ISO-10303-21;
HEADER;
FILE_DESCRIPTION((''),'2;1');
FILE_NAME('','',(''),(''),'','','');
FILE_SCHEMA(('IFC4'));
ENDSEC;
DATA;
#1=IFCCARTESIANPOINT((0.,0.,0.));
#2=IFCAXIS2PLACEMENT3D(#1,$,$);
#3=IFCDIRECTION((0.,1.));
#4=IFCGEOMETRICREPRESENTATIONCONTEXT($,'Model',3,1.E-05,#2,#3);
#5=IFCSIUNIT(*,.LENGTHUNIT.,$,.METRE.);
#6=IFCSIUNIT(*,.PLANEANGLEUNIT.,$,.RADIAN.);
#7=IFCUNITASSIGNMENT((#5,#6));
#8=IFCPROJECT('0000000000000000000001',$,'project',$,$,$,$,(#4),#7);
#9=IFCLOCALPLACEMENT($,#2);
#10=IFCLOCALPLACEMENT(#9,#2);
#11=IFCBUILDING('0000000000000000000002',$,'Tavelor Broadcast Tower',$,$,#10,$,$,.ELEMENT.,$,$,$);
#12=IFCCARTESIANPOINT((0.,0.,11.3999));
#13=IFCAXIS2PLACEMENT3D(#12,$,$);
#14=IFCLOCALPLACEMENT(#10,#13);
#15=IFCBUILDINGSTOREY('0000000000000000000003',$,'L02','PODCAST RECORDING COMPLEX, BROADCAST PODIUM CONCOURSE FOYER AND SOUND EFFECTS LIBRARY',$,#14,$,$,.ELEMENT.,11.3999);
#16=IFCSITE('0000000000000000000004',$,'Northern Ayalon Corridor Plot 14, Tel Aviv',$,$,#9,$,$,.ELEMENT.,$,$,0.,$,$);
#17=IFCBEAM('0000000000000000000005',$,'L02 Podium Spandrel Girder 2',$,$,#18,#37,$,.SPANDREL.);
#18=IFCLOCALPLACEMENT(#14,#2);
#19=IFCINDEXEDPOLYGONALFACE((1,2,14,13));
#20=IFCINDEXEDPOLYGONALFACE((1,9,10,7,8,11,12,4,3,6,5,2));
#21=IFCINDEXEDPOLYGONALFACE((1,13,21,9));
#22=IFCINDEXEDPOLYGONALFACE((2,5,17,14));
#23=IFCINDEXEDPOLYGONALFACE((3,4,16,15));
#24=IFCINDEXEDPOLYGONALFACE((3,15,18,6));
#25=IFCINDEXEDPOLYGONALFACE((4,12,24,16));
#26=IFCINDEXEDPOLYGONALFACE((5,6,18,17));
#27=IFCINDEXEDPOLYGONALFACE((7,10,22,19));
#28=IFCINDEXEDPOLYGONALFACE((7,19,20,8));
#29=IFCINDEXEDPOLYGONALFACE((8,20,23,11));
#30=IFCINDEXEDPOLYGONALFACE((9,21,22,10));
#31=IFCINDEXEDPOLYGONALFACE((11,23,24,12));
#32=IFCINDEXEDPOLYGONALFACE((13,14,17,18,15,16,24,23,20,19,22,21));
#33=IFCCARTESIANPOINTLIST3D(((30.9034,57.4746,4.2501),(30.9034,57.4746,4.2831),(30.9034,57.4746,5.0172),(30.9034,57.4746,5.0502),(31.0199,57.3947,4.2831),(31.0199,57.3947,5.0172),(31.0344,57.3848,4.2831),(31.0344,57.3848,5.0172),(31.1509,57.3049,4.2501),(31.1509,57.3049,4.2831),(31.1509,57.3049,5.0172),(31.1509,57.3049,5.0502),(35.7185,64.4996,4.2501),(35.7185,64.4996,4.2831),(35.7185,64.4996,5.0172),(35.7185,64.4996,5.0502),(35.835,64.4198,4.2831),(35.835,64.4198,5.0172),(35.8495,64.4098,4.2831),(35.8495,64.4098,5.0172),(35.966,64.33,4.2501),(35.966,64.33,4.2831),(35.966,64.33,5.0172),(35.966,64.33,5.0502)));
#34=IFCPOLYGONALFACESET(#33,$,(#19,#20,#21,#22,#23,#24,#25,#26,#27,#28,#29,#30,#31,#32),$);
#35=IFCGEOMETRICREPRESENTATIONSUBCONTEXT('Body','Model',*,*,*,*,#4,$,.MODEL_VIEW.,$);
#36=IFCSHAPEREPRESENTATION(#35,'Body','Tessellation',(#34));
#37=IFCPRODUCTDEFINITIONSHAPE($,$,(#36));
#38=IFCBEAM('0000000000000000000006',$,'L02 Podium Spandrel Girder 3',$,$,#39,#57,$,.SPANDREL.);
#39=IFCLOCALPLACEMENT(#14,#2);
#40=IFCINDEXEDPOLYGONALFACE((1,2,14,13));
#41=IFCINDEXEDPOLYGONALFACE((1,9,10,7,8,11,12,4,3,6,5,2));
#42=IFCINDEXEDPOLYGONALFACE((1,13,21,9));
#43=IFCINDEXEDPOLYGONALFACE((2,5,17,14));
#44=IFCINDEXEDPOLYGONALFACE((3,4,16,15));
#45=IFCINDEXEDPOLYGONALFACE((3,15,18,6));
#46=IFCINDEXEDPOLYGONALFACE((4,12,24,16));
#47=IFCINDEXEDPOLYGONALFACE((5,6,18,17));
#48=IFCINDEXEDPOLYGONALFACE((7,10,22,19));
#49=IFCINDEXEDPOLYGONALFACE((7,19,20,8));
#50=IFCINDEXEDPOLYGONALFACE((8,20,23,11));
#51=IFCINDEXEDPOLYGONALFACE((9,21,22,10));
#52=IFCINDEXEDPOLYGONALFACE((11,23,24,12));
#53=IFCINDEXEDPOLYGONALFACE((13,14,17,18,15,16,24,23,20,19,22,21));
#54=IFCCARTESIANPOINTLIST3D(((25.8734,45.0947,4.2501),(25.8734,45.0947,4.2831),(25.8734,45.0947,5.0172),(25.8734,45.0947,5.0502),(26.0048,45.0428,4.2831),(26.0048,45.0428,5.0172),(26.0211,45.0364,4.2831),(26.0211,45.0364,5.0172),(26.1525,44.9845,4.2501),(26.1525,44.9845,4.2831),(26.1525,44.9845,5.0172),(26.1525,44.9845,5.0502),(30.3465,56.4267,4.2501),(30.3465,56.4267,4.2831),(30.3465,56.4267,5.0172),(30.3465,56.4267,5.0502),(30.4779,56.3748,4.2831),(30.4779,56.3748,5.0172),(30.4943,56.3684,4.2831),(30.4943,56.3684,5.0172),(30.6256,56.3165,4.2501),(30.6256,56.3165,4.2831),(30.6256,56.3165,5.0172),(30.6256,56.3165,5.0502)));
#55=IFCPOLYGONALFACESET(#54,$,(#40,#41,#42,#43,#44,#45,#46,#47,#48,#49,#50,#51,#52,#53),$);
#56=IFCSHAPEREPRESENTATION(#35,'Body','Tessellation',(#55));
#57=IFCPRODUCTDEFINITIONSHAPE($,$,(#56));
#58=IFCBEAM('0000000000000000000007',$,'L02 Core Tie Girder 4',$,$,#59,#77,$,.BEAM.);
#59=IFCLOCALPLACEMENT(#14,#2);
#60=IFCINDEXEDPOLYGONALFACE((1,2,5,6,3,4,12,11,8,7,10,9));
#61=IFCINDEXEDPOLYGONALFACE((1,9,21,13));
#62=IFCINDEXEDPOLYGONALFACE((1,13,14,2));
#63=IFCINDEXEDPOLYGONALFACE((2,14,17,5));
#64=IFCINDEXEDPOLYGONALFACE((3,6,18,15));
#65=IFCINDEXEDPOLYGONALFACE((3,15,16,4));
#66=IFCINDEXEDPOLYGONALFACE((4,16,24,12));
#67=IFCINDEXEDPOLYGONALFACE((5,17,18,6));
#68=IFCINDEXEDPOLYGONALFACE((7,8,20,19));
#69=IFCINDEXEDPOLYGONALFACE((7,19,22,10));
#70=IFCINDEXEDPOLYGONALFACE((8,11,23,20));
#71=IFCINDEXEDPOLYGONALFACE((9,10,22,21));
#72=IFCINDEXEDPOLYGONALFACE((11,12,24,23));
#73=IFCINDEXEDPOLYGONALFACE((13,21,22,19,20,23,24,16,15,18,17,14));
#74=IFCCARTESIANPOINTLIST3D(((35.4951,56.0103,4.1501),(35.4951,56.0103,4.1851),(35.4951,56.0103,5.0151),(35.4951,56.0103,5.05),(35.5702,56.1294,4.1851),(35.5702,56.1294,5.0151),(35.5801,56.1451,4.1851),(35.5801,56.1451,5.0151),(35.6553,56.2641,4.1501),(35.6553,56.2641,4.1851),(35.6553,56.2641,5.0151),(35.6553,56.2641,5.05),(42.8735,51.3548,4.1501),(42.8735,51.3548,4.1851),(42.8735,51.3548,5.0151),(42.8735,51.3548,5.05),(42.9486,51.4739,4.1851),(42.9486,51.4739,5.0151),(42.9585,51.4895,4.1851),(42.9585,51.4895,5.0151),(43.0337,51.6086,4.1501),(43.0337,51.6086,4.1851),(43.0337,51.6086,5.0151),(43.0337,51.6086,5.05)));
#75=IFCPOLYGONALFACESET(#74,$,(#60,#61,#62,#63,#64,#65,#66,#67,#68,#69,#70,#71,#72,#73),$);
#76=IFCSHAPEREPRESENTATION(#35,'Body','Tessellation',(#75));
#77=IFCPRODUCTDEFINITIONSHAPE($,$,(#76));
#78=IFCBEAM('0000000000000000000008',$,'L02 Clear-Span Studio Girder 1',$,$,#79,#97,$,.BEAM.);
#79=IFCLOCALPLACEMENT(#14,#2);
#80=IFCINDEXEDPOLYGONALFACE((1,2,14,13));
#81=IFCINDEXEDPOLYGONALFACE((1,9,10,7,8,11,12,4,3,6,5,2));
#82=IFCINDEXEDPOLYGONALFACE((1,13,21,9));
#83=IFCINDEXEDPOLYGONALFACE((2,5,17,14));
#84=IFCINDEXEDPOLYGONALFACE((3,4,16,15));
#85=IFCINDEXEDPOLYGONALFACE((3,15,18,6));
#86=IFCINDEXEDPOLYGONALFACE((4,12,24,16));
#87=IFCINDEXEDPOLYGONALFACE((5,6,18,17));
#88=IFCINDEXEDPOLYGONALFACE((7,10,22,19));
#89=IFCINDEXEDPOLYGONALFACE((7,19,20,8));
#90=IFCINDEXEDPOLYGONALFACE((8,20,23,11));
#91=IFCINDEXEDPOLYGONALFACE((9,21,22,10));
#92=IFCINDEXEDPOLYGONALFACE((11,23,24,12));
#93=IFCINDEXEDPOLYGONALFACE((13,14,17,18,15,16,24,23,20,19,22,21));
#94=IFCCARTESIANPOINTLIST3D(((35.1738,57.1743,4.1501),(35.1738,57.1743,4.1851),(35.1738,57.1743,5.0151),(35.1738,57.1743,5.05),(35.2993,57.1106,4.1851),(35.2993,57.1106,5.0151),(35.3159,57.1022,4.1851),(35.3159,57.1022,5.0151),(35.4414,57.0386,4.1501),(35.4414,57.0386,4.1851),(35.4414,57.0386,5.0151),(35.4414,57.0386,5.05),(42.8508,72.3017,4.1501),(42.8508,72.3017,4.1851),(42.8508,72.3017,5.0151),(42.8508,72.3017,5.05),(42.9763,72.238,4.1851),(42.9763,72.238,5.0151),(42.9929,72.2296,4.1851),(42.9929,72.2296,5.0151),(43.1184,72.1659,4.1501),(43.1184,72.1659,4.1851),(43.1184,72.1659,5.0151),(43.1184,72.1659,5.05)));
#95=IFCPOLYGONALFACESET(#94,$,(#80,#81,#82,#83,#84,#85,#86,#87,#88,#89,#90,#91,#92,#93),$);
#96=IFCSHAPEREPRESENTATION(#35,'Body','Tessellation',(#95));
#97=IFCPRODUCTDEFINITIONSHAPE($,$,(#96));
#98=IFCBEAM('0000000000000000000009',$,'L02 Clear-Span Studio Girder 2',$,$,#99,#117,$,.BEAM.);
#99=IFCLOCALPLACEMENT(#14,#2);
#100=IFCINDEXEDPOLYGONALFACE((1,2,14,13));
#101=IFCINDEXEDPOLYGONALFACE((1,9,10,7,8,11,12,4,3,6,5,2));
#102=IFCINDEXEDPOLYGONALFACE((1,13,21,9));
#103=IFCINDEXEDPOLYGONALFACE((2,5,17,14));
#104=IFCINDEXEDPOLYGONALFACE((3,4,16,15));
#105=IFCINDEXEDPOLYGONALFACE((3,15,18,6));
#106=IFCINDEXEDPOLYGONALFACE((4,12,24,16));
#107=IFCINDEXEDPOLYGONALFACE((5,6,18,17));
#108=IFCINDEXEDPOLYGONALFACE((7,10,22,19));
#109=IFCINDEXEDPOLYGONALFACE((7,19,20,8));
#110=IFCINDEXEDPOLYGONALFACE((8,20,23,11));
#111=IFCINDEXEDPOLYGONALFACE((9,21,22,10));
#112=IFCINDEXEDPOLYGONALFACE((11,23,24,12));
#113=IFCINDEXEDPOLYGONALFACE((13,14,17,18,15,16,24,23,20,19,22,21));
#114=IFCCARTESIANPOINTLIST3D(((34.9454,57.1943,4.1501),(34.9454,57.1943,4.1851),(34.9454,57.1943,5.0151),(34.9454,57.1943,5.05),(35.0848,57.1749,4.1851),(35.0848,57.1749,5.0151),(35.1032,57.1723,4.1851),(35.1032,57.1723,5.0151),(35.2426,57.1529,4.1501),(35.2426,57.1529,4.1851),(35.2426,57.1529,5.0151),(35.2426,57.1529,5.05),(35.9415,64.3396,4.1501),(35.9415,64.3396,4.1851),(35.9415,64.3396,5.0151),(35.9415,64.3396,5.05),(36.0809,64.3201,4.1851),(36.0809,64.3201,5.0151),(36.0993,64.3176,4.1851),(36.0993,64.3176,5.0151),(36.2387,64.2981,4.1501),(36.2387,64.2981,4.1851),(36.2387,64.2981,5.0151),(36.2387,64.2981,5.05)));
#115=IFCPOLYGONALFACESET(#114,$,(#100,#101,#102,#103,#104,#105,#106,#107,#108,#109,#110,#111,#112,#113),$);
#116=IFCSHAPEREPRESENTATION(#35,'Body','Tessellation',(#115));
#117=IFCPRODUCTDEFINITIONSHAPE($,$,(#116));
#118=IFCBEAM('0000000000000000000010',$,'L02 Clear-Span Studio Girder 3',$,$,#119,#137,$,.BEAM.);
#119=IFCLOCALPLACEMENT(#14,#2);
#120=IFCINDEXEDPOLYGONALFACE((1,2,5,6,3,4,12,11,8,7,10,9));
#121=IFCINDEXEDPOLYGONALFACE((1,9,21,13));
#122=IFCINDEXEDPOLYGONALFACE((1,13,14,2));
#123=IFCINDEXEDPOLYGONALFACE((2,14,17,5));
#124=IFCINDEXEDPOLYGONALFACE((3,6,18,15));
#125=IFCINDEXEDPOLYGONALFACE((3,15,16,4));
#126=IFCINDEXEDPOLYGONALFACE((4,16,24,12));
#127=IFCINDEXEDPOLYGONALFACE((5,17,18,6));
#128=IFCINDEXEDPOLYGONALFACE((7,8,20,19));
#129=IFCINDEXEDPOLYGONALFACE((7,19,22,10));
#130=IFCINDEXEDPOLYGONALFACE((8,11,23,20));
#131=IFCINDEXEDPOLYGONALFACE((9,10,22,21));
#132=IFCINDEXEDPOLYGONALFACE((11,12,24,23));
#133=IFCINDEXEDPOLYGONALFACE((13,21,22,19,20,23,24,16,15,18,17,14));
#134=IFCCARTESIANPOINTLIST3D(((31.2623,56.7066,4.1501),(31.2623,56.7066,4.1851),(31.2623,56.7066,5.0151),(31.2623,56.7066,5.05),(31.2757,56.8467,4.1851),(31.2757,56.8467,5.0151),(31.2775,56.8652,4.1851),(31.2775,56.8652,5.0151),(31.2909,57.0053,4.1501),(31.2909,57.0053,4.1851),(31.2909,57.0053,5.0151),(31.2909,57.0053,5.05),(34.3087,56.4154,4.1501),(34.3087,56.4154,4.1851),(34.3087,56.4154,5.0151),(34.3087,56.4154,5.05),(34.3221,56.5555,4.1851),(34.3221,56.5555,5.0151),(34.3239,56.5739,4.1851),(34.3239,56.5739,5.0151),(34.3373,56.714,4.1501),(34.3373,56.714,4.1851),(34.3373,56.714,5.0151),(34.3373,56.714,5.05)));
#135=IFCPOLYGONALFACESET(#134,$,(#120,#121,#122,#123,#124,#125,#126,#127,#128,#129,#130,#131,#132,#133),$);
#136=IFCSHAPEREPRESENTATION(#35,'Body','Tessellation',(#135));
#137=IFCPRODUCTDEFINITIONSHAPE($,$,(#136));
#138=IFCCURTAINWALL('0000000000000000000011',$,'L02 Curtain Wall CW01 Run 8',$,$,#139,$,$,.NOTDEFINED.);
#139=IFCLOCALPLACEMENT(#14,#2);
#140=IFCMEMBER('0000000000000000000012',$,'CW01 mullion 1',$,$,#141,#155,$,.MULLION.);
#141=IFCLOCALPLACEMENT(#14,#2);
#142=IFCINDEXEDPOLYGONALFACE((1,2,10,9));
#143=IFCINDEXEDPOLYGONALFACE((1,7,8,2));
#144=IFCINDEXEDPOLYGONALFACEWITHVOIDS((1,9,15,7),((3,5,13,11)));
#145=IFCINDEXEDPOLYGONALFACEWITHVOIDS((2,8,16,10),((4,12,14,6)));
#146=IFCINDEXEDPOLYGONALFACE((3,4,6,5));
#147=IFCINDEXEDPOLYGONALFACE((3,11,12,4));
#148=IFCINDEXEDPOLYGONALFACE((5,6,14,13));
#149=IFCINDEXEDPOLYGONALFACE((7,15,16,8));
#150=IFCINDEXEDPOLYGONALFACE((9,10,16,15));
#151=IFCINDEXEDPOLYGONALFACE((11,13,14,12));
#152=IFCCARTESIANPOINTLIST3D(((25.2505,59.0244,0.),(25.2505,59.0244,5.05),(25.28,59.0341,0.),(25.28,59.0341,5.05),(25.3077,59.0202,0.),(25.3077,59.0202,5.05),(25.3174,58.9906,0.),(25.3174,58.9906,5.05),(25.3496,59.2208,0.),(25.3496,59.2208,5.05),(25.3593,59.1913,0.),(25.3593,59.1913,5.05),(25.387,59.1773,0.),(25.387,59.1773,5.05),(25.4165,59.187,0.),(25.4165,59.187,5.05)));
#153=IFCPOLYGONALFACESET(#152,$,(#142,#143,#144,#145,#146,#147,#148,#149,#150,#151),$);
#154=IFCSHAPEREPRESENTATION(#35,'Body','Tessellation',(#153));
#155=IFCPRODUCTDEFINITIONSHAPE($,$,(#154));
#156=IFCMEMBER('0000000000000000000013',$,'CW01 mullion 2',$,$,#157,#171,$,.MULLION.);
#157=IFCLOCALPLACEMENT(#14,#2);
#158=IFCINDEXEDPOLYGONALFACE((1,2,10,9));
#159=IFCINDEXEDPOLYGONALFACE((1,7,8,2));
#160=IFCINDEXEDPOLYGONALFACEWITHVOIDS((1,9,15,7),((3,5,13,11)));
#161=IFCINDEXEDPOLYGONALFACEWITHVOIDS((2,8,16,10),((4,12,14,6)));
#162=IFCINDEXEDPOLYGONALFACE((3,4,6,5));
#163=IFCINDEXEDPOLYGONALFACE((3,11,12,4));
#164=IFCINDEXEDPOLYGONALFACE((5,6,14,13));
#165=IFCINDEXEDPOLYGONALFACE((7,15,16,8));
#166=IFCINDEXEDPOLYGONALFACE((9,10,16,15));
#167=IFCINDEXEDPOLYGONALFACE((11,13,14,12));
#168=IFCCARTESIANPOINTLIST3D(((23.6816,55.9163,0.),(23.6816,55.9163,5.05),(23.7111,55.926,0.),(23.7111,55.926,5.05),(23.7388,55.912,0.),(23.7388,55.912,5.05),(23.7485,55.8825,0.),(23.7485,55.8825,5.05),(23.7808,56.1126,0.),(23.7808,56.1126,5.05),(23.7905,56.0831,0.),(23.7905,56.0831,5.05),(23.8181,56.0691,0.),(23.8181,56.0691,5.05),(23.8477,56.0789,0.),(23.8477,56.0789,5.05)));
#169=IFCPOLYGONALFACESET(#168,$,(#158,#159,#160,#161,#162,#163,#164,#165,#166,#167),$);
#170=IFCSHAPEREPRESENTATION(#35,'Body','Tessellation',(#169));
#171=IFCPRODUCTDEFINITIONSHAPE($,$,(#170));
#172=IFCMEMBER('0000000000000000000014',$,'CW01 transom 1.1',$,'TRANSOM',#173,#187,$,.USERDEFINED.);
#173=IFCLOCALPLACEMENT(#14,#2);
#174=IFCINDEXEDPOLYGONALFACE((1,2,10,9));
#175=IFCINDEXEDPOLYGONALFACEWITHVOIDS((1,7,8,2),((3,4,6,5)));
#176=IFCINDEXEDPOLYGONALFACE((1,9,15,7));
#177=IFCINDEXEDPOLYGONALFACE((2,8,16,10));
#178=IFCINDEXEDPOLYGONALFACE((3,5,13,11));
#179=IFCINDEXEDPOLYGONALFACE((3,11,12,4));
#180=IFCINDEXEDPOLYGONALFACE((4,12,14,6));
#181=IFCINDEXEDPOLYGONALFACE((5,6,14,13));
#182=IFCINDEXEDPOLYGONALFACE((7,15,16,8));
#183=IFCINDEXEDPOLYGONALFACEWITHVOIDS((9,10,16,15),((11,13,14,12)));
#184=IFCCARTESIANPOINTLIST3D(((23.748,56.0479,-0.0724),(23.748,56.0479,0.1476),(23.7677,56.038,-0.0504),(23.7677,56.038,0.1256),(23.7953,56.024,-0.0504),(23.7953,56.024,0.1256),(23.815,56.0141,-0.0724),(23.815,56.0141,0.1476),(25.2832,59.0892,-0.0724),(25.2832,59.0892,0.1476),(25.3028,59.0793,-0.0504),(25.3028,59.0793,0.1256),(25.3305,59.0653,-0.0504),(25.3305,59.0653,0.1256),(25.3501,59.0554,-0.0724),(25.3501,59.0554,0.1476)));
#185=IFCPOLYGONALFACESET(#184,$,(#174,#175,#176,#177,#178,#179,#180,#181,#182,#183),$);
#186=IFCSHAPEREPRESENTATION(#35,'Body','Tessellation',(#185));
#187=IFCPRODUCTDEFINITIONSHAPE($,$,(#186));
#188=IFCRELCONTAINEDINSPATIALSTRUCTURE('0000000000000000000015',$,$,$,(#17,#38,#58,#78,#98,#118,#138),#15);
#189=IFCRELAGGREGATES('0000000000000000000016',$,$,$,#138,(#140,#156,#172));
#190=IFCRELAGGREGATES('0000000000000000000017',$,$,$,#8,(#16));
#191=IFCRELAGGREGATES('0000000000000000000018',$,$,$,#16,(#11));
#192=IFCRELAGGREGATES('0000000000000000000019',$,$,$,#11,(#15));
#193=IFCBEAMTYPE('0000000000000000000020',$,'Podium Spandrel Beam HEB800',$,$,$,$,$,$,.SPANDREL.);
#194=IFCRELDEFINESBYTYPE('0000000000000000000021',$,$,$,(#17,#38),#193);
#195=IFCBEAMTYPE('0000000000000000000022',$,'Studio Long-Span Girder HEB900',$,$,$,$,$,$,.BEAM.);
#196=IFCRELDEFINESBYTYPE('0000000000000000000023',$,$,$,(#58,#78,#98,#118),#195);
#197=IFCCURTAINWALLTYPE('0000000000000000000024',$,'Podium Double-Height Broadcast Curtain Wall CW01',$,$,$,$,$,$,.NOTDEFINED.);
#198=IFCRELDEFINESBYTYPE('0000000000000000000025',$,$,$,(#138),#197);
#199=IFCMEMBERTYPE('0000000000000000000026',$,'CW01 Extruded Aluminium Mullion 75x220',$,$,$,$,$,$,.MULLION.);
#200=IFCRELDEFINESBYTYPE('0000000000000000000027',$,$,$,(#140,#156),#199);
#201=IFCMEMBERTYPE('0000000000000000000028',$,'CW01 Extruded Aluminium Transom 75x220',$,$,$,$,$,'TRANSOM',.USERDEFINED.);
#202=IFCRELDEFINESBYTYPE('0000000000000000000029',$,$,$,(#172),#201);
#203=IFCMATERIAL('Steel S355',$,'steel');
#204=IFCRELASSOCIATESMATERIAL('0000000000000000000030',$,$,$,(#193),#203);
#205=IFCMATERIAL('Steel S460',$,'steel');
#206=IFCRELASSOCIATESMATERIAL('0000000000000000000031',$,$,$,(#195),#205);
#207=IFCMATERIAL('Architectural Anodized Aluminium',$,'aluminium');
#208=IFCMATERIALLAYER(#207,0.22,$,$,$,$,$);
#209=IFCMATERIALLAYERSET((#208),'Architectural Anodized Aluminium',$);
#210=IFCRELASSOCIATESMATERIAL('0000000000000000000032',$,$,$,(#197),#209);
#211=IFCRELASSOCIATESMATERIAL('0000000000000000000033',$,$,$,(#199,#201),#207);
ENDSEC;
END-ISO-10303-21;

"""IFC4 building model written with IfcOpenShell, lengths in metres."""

from ifc_helpers import new_model, si_unit, direction, frame, origin, origin_2d, place, context, subcontext, project, spatial, hollow_rectangle, i_section, extrude, source, transform, mapped, material, layer, layer_set, material_profile, profile_set, type_object, type_shapes, element, aggregate, save


model = new_model("IFC4")

# Units and contexts
model_context = context("Model", 3, precision=1e-05, world=origin(), true_north=direction((0.0, 1.0)))
body_context = subcontext(model_context, "Body", "Model", "MODEL_VIEW")
ifc_project = project(units=[si_unit("LENGTHUNIT", "METRE"), si_unit("PLANEANGLEUNIT", "RADIAN")], contexts=[model_context])

# Site, building, storey
site_placement = place(None, origin())
site = spatial("IfcSite", under=ifc_project, at=site_placement, Name="Northern Ayalon Corridor Plot 14, Tel Aviv", CompositionType="ELEMENT", RefElevation=0.0)
building_placement = place(site_placement, origin())
building = spatial("IfcBuilding", under=site, at=building_placement, Name="Tavelor Broadcast Tower", CompositionType="ELEMENT")
storey_placement = place(building_placement, frame((0.0, 0.0, 11.3999)))
storey = spatial("IfcBuildingStorey", under=building, at=storey_placement, Name="L02", Description="PODCAST RECORDING COMPLEX, BROADCAST PODIUM CONCOURSE FOYER AND SOUND EFFECTS LIBRARY", CompositionType="ELEMENT", Elevation=11.3999)

# Shared definitions
ifc_material_1 = material(Name="Steel S460", Category="steel")

# Beams
ifc_material_2 = material(Name="Steel S355", Category="steel")
ifc_material_profile_1 = material_profile(ifc_material_2, i_section(OverallWidth=0.3, OverallDepth=0.8, WebThickness=0.0176, FlangeThickness=0.033, at=origin_2d()), Name="HEB 800")
ifc_profile_set_1 = profile_set([ifc_material_profile_1], Name="Steel S355")
beam_type_1 = type_object("IfcBeamType", Name="Podium Spandrel Beam HEB800", PredefinedType="SPANDREL", material=ifc_profile_set_1)
beam_1_placement = place(storey_placement, frame((35.8423, 64.4148, 4.6501), z_axis=(-0.565364, -0.824842, 0.0), x_axis=(0.824842, -0.565364, 0.0)))
element("IfcBeam", 1, at=beam_1_placement, inside=storey, type_object=beam_type_1, Name="L02 Podium Spandrel Girder 2", PredefinedType="SPANDREL", context=body_context, shape_type="SweptSolid", body=[
    extrude(i_section(OverallWidth=0.3, OverallDepth=0.8, WebThickness=0.0176, FlangeThickness=0.033, at=origin_2d()), origin(), (0.0, 0.0, 1.0), 8.5168),
])
beam_2_placement = place(storey_placement, frame((30.4861, 56.3716, 4.6501), z_axis=(-0.367165, -0.930156, 0.0), x_axis=(0.930156, -0.367165, 0.0)))
element("IfcBeam", 2, at=beam_2_placement, inside=storey, type_object=beam_type_1, Name="L02 Podium Spandrel Girder 3", PredefinedType="SPANDREL", context=body_context, shape_type="SweptSolid", body=[
    extrude(i_section(OverallWidth=0.3, OverallDepth=0.8, WebThickness=0.0176, FlangeThickness=0.033, at=origin_2d()), origin(), (0.0, 0.0, 1.0), 12.1829),
])
ifc_material_profile_2 = material_profile(ifc_material_1, i_section(OverallWidth=0.3, OverallDepth=0.8999, WebThickness=0.0186, FlangeThickness=0.0349, at=origin_2d()), Name="HEB 900")
ifc_profile_set_2 = profile_set([ifc_material_profile_2], Name="Steel S460")
beam_type_2 = type_object("IfcBeamType", Name="Studio Long-Span Girder HEB900", PredefinedType="BEAM", material=ifc_profile_set_2)
beam_3_placement = place(storey_placement, frame((35.5752, 56.1372, 4.6001), z_axis=(0.845724, -0.533621, 0.0), x_axis=(0.533621, 0.845724, 0.0)))
element("IfcBeam", 3, at=beam_3_placement, inside=storey, type_object=beam_type_2, Name="L02 Core Tie Girder 4", PredefinedType="BEAM", context=body_context, shape_type="SweptSolid", body=[
    extrude(i_section(OverallWidth=0.3, OverallDepth=0.8999, WebThickness=0.0186, FlangeThickness=0.0349, at=origin_2d()), origin(), (0.0, 0.0, 1.0), 8.7244),
])
beam_4_placement = place(storey_placement, frame((35.3076, 57.1064, 4.6001), z_axis=(0.452548, 0.89174, 0.0), x_axis=(-0.89174, 0.452548, 0.0)))
element("IfcBeam", 4, at=beam_4_placement, inside=storey, type_object=beam_type_2, Name="L02 Clear-Span Studio Girder 1", PredefinedType="BEAM", context=body_context, shape_type="SweptSolid", body=[
    extrude(i_section(OverallWidth=0.3, OverallDepth=0.8999, WebThickness=0.0186, FlangeThickness=0.0349, at=origin_2d()), origin(), (0.0, 0.0, 1.0), 16.9639),
])
beam_5_placement = place(storey_placement, frame((35.094, 57.1736, 4.6001), z_axis=(0.138071, 0.990422, 0.0), x_axis=(-0.990422, 0.138071, 0.0)))
element("IfcBeam", 5, at=beam_5_placement, inside=storey, type_object=beam_type_2, Name="L02 Clear-Span Studio Girder 2", PredefinedType="BEAM", context=body_context, shape_type="SweptSolid", body=[
    extrude(i_section(OverallWidth=0.3, OverallDepth=0.8999, WebThickness=0.0186, FlangeThickness=0.0349, at=origin_2d()), origin(), (0.0, 0.0, 1.0), 7.2144),
])
beam_6_placement = place(storey_placement, frame((34.323, 56.5647, 4.6001), z_axis=(-0.995461, 0.095174, 0.0), x_axis=(-0.095174, -0.995461, 0.0)))
element("IfcBeam", 6, at=beam_6_placement, inside=storey, type_object=beam_type_2, Name="L02 Clear-Span Studio Girder 3", PredefinedType="BEAM", context=body_context, shape_type="SweptSolid", body=[
    extrude(i_section(OverallWidth=0.3, OverallDepth=0.8999, WebThickness=0.0186, FlangeThickness=0.0349, at=origin_2d()), origin(), (0.0, 0.0, 1.0), 3.0603),
])

# Curtain wall, members
ifc_material_3 = material(Name="Architectural Anodized Aluminium", Category="aluminium")
ifc_layer_1 = layer(ifc_material_3, 0.22)
ifc_layer_set_1 = layer_set([ifc_layer_1], Name="Architectural Anodized Aluminium")
curtain_wall_type = type_object("IfcCurtainWallType", Name="Podium Double-Height Broadcast Curtain Wall CW01", PredefinedType="NOTDEFINED", material=ifc_layer_set_1)
curtain_wall_placement = place(storey_placement, origin())
curtain_wall = element("IfcCurtainWall", 7, at=curtain_wall_placement, inside=storey, type_object=curtain_wall_type, Name="L02 Curtain Wall CW01 Run 8", PredefinedType="NOTDEFINED")
ifc_material_profile_3 = material_profile(ifc_material_3, hollow_rectangle(XDim=0.075, YDim=0.22, WallThickness=0.022, at=origin_2d()), Name="RHS 75x220x22")
ifc_profile_set_3 = profile_set([ifc_material_profile_3], Name="Architectural Anodized Aluminium")
member_type_1 = type_object("IfcMemberType", Name="CW01 Extruded Aluminium Mullion 75x220", PredefinedType="MULLION", material=ifc_profile_set_3)
shared_shape_1 = source(origin(), body_context, "Body", "SweptSolid", [
    extrude(hollow_rectangle(XDim=0.075, YDim=0.22, WallThickness=0.022, at=origin_2d()), origin(), (0.0, 0.0, 1.0), 5.05),
])
type_shapes(member_type_1, [shared_shape_1])
member_1_placement = place(storey_placement, frame((25.3335, 59.1057, 0.0), z_axis=(0.0, 0.0, 1.0), x_axis=(0.892714, -0.450624, 0.0)))
member_1 = element("IfcMember", 8, at=member_1_placement, type_object=member_type_1, Name="CW01 mullion 1", PredefinedType="MULLION", context=body_context, shape_type="MappedRepresentation", body=[
    mapped(shared_shape_1, transform((0.0, 0.0, 0.0), scale=1.0)),
])
member_2_placement = place(storey_placement, frame((23.7646, 55.9976, 0.0), z_axis=(0.0, 0.0, 1.0), x_axis=(0.892714, -0.450624, 0.0)))
member_2 = element("IfcMember", 9, at=member_2_placement, type_object=member_type_1, Name="CW01 mullion 2", PredefinedType="MULLION", context=body_context, shape_type="MappedRepresentation", body=[
    mapped(shared_shape_1, transform((0.0, 0.0, 0.0), scale=1.0)),
])
ifc_material_profile_4 = material_profile(ifc_material_3, hollow_rectangle(XDim=0.075, YDim=0.22, WallThickness=0.022, at=origin_2d()), Name="RHS 75x220x22")
ifc_profile_set_4 = profile_set([ifc_material_profile_4], Name="Architectural Anodized Aluminium")
member_type_2 = type_object("IfcMemberType", Name="CW01 Extruded Aluminium Transom 75x220", ElementType="TRANSOM", PredefinedType="USERDEFINED", material=ifc_profile_set_4)
shared_shape_2 = source(origin(), body_context, "Body", "SweptSolid", [
    extrude(hollow_rectangle(XDim=0.075, YDim=0.22, WallThickness=0.022, at=origin_2d()), origin(), (0.0, 0.0, 1.0), 3.4067),
])
member_3_placement = place(storey_placement, frame((25.3167, 59.0723, 0.0376), z_axis=(-0.450622, -0.892715, 0.0), x_axis=(0.892715, -0.450622, 0.0)))
member_3 = element("IfcMember", 10, at=member_3_placement, type_object=member_type_2, Name="CW01 transom 1.1", ObjectType="TRANSOM", PredefinedType="USERDEFINED", context=body_context, shape_type="MappedRepresentation", body=[
    mapped(shared_shape_2, transform((0.0, 0.0, 0.0), scale=1.0)),
])

aggregate(curtain_wall, [member_1, member_2, member_3])

save(model, "model.ifc")
